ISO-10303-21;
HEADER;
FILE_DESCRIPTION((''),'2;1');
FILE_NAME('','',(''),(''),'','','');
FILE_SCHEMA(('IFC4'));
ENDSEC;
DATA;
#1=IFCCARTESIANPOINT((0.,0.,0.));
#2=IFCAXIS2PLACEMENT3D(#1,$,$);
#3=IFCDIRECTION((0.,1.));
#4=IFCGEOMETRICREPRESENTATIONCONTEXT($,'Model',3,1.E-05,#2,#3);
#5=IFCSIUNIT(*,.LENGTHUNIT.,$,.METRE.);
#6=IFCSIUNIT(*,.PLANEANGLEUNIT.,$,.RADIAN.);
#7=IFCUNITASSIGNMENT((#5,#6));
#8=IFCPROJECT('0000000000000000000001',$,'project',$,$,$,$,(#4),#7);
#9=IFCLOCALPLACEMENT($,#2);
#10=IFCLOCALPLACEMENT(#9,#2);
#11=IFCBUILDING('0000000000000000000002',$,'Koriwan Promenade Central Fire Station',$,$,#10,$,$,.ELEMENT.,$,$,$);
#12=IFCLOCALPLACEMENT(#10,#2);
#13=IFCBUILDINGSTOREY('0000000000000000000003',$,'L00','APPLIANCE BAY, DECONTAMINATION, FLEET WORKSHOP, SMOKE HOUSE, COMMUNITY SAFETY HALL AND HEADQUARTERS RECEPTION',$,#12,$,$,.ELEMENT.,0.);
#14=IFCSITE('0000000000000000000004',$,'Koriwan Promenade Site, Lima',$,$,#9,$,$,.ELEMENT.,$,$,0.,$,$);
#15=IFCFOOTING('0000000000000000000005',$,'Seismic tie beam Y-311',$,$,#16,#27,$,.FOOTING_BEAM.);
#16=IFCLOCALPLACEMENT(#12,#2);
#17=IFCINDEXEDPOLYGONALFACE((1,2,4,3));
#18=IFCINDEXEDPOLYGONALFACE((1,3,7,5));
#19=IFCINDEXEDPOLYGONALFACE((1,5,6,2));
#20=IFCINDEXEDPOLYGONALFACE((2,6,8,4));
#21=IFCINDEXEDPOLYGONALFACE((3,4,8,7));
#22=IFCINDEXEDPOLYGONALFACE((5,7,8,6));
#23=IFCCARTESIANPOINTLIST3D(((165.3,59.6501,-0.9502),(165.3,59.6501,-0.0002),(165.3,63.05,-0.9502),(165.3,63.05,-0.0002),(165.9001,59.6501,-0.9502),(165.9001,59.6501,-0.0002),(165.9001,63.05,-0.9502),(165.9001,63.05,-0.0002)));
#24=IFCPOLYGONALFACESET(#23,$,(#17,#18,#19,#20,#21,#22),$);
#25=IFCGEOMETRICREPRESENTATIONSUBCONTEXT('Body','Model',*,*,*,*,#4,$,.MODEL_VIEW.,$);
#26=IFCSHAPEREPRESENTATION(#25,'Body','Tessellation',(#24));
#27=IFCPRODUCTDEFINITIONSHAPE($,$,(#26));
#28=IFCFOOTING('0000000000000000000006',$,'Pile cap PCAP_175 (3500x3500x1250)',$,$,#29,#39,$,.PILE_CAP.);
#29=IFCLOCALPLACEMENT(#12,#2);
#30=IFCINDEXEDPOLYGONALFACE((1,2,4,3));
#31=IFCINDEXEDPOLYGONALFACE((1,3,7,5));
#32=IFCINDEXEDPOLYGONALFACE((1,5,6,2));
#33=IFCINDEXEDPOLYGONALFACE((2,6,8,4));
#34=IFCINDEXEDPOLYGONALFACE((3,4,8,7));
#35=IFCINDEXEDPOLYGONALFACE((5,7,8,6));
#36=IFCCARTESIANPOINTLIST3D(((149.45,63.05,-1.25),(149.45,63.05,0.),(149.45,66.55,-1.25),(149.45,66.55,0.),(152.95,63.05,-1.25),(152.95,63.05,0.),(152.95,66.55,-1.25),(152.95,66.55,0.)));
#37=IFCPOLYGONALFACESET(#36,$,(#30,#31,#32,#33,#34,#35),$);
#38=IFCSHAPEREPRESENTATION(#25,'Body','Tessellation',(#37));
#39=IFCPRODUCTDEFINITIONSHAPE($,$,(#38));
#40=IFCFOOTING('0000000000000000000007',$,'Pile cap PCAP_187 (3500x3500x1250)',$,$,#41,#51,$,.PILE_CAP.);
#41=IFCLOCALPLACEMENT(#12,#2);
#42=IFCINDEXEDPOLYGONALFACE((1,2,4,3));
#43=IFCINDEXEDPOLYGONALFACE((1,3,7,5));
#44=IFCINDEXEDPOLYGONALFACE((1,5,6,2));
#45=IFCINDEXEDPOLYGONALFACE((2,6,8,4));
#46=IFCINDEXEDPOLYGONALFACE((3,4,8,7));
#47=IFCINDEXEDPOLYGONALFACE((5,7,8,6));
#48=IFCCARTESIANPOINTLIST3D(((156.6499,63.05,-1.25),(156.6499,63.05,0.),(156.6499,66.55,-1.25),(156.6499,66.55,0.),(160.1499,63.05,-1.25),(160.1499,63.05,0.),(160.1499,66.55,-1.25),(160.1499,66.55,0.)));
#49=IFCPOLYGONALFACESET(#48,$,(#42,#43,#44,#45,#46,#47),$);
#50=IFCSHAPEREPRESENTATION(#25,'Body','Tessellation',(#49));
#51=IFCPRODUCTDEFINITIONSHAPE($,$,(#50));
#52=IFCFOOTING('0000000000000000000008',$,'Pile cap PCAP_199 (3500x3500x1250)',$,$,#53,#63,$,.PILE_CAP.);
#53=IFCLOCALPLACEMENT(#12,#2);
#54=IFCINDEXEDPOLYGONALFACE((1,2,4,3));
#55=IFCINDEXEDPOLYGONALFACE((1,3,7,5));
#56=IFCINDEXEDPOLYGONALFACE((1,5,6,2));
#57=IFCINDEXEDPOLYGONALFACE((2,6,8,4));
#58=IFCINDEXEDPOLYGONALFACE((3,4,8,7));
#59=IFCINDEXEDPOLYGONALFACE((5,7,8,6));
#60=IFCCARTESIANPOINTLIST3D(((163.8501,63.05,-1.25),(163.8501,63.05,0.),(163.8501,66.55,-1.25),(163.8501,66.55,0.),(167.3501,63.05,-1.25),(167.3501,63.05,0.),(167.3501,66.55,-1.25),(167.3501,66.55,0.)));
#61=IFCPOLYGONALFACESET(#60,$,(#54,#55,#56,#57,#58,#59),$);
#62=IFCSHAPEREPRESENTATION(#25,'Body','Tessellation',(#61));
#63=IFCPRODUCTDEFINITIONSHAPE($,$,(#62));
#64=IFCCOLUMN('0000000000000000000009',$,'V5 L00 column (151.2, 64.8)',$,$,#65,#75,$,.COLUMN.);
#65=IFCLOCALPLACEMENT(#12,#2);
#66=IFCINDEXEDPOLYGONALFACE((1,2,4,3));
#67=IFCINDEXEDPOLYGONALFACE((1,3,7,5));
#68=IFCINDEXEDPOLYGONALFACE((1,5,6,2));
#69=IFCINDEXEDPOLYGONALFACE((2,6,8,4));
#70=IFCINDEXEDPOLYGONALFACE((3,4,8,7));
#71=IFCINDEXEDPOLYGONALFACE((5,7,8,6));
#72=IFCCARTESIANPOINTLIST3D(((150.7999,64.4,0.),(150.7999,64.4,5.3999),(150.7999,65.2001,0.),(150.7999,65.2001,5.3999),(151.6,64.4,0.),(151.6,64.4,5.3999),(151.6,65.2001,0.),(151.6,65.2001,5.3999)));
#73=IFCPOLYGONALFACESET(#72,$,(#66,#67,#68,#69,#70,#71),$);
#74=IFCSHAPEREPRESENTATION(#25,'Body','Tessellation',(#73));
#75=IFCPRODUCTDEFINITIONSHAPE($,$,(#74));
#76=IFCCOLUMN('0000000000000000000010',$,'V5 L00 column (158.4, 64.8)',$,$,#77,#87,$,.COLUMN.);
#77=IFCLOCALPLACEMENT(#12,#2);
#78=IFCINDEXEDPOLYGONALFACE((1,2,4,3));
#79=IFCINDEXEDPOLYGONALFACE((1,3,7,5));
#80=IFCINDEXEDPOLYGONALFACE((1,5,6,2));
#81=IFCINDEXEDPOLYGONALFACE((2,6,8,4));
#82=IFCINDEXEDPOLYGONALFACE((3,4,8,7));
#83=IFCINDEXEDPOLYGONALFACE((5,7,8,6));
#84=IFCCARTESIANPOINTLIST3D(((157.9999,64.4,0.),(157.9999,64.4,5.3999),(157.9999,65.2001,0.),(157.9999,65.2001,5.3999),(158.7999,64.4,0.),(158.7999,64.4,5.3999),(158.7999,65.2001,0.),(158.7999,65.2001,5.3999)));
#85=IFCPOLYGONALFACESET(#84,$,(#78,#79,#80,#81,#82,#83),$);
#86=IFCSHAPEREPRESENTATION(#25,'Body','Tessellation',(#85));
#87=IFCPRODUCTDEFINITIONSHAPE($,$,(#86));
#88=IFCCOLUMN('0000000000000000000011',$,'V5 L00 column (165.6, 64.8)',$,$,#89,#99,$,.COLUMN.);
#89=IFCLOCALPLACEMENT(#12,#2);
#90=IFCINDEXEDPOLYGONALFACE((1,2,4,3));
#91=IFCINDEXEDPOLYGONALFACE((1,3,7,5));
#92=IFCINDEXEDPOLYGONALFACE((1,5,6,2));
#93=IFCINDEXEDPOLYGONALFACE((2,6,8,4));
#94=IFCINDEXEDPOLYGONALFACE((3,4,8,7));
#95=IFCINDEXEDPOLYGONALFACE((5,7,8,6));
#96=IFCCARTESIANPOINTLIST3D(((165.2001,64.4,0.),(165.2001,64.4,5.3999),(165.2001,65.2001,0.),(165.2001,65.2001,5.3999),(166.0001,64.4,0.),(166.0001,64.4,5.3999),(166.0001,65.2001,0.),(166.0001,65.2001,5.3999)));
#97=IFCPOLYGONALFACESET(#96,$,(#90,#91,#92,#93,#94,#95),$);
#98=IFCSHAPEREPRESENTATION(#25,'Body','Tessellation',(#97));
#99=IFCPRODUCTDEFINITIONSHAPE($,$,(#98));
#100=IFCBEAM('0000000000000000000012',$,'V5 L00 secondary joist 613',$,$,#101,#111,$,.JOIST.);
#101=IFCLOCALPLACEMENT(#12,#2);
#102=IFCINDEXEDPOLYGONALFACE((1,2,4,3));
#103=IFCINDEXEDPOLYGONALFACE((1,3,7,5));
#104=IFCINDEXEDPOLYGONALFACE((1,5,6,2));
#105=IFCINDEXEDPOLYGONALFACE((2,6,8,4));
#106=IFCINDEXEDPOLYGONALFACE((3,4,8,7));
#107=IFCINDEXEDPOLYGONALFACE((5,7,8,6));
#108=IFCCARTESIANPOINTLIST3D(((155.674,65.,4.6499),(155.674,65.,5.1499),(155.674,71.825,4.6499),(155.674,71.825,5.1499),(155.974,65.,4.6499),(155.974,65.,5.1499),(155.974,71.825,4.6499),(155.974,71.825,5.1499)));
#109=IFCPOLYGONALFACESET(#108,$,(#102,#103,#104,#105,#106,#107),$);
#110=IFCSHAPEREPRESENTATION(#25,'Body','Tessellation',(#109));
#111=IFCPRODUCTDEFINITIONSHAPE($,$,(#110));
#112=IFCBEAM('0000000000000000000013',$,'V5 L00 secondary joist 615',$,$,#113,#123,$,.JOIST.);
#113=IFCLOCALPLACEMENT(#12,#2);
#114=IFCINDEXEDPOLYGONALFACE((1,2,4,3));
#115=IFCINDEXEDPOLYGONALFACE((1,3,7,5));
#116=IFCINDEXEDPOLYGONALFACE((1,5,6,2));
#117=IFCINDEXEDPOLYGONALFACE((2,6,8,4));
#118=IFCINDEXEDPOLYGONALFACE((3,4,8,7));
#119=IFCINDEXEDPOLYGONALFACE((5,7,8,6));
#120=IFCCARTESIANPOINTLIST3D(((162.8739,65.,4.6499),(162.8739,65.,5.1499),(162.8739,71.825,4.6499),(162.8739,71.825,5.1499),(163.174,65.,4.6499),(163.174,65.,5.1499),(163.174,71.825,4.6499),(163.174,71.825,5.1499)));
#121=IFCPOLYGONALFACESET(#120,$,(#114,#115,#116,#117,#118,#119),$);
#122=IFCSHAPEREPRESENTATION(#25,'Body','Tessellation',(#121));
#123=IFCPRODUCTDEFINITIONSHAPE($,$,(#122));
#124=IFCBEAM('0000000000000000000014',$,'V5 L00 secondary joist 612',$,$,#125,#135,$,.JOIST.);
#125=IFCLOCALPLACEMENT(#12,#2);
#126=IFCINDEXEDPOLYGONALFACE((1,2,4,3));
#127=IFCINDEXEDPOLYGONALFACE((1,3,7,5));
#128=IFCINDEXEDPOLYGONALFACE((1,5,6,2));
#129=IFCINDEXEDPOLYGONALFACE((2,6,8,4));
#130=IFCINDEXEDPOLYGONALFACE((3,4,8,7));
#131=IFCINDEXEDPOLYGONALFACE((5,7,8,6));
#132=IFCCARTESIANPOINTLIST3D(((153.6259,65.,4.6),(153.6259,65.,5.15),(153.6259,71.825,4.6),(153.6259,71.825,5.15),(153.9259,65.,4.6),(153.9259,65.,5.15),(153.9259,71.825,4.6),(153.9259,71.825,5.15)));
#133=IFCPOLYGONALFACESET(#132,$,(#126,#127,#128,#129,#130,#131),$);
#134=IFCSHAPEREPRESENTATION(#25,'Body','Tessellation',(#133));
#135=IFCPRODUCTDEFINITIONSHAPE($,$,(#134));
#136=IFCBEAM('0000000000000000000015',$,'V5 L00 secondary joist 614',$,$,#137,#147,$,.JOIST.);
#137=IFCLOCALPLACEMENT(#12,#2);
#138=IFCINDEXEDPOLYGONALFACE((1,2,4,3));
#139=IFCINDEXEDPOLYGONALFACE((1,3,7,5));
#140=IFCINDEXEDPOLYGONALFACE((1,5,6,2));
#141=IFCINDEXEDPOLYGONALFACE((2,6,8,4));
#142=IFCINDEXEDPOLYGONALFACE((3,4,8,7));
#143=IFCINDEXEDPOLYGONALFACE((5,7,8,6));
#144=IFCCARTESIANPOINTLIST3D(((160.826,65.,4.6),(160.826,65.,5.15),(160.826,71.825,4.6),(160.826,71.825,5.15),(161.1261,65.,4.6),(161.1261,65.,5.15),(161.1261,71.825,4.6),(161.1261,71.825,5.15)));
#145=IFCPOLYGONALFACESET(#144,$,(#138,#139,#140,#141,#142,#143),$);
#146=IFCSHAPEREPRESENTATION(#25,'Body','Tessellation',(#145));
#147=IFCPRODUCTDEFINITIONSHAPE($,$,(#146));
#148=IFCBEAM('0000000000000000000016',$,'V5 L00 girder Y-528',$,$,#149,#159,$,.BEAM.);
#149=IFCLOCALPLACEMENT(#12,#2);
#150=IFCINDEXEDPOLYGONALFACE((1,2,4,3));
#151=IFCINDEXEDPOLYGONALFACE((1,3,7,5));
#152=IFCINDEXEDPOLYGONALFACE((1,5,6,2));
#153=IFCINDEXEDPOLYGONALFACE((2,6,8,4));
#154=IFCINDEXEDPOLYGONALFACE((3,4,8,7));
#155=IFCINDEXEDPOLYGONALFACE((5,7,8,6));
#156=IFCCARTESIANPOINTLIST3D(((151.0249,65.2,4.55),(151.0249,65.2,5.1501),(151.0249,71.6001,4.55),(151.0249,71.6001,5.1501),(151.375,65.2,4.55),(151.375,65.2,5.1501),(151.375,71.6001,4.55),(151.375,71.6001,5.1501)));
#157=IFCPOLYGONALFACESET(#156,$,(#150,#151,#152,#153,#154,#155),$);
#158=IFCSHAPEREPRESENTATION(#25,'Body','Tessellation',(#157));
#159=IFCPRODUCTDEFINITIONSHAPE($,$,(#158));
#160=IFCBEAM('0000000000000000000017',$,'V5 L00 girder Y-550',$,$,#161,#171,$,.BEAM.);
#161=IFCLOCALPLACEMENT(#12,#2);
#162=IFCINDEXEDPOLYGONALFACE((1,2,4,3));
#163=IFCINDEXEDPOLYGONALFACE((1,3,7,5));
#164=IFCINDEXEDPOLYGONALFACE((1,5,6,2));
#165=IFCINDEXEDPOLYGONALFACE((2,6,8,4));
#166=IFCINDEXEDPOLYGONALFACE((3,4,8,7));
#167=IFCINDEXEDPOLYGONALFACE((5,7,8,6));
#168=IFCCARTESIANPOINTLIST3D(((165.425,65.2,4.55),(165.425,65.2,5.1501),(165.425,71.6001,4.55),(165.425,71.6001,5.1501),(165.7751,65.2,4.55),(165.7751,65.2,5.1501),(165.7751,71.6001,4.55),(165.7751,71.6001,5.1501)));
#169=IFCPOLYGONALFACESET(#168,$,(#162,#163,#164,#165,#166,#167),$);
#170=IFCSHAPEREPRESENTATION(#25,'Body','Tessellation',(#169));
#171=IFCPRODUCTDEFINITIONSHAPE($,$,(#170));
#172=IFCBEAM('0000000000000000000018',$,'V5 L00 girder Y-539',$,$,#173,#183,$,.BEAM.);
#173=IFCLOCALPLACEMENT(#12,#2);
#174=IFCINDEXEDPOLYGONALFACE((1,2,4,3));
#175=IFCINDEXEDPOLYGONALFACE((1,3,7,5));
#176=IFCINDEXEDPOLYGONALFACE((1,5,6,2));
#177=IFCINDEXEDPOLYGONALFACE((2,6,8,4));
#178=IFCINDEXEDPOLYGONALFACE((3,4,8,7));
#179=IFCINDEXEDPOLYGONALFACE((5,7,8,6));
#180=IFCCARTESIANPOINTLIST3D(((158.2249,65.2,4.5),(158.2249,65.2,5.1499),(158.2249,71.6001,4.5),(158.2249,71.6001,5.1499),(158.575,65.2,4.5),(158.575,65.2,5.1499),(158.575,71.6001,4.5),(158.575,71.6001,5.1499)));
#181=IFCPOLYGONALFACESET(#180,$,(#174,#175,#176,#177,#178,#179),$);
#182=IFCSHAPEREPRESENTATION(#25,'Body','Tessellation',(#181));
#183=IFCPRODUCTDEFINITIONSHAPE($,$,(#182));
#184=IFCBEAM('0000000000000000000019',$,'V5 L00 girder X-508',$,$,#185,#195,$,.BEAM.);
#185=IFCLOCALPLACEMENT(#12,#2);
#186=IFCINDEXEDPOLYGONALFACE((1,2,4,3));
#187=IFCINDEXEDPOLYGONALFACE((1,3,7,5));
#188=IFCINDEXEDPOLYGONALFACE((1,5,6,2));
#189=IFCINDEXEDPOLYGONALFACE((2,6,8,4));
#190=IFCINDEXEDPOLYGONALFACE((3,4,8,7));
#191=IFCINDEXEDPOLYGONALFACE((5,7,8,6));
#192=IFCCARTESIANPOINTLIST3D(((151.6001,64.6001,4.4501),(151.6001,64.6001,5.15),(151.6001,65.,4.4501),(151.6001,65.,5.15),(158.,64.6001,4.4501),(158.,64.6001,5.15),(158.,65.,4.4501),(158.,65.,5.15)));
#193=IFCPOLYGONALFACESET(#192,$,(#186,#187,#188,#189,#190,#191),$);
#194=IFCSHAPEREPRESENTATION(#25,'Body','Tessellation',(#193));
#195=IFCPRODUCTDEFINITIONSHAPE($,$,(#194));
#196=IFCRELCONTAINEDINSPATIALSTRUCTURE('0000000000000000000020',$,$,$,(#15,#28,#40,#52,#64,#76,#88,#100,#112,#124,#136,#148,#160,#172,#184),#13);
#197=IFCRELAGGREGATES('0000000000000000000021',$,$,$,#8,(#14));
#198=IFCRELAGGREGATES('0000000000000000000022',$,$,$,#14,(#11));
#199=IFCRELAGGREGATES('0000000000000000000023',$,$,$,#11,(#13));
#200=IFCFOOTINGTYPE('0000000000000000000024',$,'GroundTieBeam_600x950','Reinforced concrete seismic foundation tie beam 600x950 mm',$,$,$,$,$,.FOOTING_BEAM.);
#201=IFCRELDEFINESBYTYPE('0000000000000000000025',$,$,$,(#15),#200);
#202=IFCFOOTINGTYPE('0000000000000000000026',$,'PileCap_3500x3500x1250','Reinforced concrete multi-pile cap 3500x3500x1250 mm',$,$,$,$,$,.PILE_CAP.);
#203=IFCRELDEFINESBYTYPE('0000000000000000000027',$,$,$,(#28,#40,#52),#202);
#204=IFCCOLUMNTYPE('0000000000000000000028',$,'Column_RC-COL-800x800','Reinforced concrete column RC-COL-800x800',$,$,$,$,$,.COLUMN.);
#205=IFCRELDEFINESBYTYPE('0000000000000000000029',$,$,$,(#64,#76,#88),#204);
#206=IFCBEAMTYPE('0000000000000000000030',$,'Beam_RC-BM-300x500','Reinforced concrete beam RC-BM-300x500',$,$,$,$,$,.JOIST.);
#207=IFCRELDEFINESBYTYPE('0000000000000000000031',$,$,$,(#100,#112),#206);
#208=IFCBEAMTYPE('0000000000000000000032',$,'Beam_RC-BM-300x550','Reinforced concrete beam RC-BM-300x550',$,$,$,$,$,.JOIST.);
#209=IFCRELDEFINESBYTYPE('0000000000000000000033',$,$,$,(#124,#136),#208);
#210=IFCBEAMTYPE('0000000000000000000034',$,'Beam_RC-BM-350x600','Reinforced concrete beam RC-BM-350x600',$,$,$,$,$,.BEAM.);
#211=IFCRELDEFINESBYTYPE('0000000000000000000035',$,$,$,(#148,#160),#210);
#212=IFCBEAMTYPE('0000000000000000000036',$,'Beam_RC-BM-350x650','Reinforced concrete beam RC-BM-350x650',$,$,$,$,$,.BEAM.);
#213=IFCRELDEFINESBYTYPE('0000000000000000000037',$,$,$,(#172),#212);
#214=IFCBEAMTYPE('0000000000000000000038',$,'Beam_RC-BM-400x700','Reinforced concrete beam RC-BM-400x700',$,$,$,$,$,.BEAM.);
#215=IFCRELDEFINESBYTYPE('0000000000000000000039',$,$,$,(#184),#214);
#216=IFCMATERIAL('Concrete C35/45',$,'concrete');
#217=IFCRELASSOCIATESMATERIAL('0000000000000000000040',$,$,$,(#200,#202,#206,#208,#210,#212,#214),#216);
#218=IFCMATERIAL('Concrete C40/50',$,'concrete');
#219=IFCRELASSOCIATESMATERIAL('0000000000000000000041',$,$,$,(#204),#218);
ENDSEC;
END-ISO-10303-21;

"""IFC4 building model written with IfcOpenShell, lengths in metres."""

from ifc_helpers import new_model, si_unit, direction, frame, origin, origin_2d, place, context, subcontext, project, spatial, rectangle, extrude, material, material_profile, profile_set, type_object, element, save


model = new_model("IFC4")

# Units and contexts
model_context = context("Model", 3, precision=1e-05, world=origin(), true_north=direction((0.0, 1.0)))
body_context = subcontext(model_context, "Body", "Model", "MODEL_VIEW")
ifc_project = project(units=[si_unit("LENGTHUNIT", "METRE"), si_unit("PLANEANGLEUNIT", "RADIAN")], contexts=[model_context])

# Site, building, storey
site_placement = place(None, origin())
site = spatial("IfcSite", under=ifc_project, at=site_placement, Name="Koriwan Promenade Site, Lima", CompositionType="ELEMENT", RefElevation=0.0)
building_placement = place(site_placement, origin())
building = spatial("IfcBuilding", under=site, at=building_placement, Name="Koriwan Promenade Central Fire Station", CompositionType="ELEMENT")
storey_placement = place(building_placement, origin())
storey = spatial("IfcBuildingStorey", under=building, at=storey_placement, Name="L00", Description="APPLIANCE BAY, DECONTAMINATION, FLEET WORKSHOP, SMOKE HOUSE, COMMUNITY SAFETY HALL AND HEADQUARTERS RECEPTION", CompositionType="ELEMENT", Elevation=0.0)

# Shared definitions
ifc_material_1 = material(Name="Concrete C35/45", Category="concrete")

# Footings
footing_type_1 = type_object("IfcFootingType", Name="GroundTieBeam_600x950", Description="Reinforced concrete seismic foundation tie beam 600x950 mm", PredefinedType="FOOTING_BEAM", material=ifc_material_1)
footing_1_placement = place(storey_placement, frame((165.6001, 61.3501, -0.9502), z_axis=(0.0, 0.0, 1.0), x_axis=(0.0, 1.0, 0.0)))
element("IfcFooting", 1, at=footing_1_placement, inside=storey, type_object=footing_type_1, Name="Seismic tie beam Y-311", PredefinedType="FOOTING_BEAM", context=body_context, shape_type="SweptSolid", body=[
    extrude(rectangle(XDim=3.3999, YDim=0.6001, at=origin_2d()), origin(), (0.0, 0.0, 1.0), 0.95),
])
footing_type_2 = type_object("IfcFootingType", Name="PileCap_3500x3500x1250", Description="Reinforced concrete multi-pile cap 3500x3500x1250 mm", PredefinedType="PILE_CAP", material=ifc_material_1)
for number, where, z_axis, x_axis, name in (
    (2, (151.2, 64.8, -1.25), (0.0, 0.0, 1.0), (1.0, 0.0, 0.0), "Pile cap PCAP_175 (3500x3500x1250)"),
    (3, (158.3999, 64.8, -1.25), (0.0, 0.0, 1.0), (1.0, 0.0, 0.0), "Pile cap PCAP_187 (3500x3500x1250)"),
    (4, (165.6001, 64.8, -1.25), (0.0, 0.0, 1.0), (1.0, 0.0, 0.0), "Pile cap PCAP_199 (3500x3500x1250)"),
):
    element("IfcFooting", number, at=place(storey_placement, frame(where, z_axis=z_axis, x_axis=x_axis)), inside=storey, type_object=footing_type_2, Name=name, PredefinedType="PILE_CAP", context=body_context, shape_type="SweptSolid", body=[
        extrude(rectangle(XDim=3.5, YDim=3.5, at=origin_2d()), origin(), (0.0, 0.0, 1.0), 1.25),
    ])

# Columns
ifc_material_2 = material(Name="Concrete C40/50", Category="concrete")
ifc_material_profile_1 = material_profile(ifc_material_2, rectangle(XDim=0.8, YDim=0.8, at=origin_2d()), Name="RC-COL-800x800")
ifc_profile_set_1 = profile_set([ifc_material_profile_1], Name="Concrete C40/50")
column_type = type_object("IfcColumnType", Name="Column_RC-COL-800x800", Description="Reinforced concrete column RC-COL-800x800", PredefinedType="COLUMN", material=ifc_profile_set_1)
for number, where, z_axis, x_axis, name in (
    (5, (151.2, 64.8, 0.0), (0.0, 0.0, 1.0), (1.0, 0.0, 0.0), "V5 L00 column (151.2, 64.8)"),
    (6, (158.3999, 64.8, 0.0), (0.0, 0.0, 1.0), (1.0, 0.0, 0.0), "V5 L00 column (158.4, 64.8)"),
    (7, (165.6001, 64.8, 0.0), (0.0, 0.0, 1.0), (1.0, 0.0, 0.0), "V5 L00 column (165.6, 64.8)"),
):
    element("IfcColumn", number, at=place(storey_placement, frame(where, z_axis=z_axis, x_axis=x_axis)), inside=storey, type_object=column_type, Name=name, PredefinedType="COLUMN", context=body_context, shape_type="SweptSolid", body=[
        extrude(rectangle(XDim=0.8, YDim=0.8, at=origin_2d()), origin(), (0.0, 0.0, 1.0), 5.3999),
    ])

# Beams
ifc_material_profile_2 = material_profile(ifc_material_1, rectangle(XDim=0.3, YDim=0.5, at=origin_2d()), Name="RC-BM-300x500")
ifc_profile_set_2 = profile_set([ifc_material_profile_2], Name="Concrete C35/45")
beam_type_1 = type_object("IfcBeamType", Name="Beam_RC-BM-300x500", Description="Reinforced concrete beam RC-BM-300x500", PredefinedType="JOIST", material=ifc_profile_set_2)
for number, where, z_axis, x_axis, name in (
    (8, (155.824, 65.0, 4.8999), (0.0, 1.0, 0.0), (-1.0, 0.0, 0.0), "V5 L00 secondary joist 613"),
    (9, (163.0239, 65.0, 4.8999), (0.0, 1.0, 0.0), (-1.0, 0.0, 0.0), "V5 L00 secondary joist 615"),
):
    element("IfcBeam", number, at=place(storey_placement, frame(where, z_axis=z_axis, x_axis=x_axis)), inside=storey, type_object=beam_type_1, Name=name, PredefinedType="JOIST", context=body_context, shape_type="SweptSolid", body=[
        extrude(rectangle(XDim=0.3, YDim=0.5, at=origin_2d()), origin(), (0.0, 0.0, 1.0), 6.825),
    ])
ifc_material_profile_3 = material_profile(ifc_material_1, rectangle(XDim=0.3, YDim=0.55, at=origin_2d()), Name="RC-BM-300x550")
ifc_profile_set_3 = profile_set([ifc_material_profile_3], Name="Concrete C35/45")
beam_type_2 = type_object("IfcBeamType", Name="Beam_RC-BM-300x550", Description="Reinforced concrete beam RC-BM-300x550", PredefinedType="JOIST", material=ifc_profile_set_3)
for number, where, z_axis, x_axis, name in (
    (10, (153.7759, 65.0, 4.875), (0.0, 1.0, 0.0), (-1.0, 0.0, 0.0), "V5 L00 secondary joist 612"),
    (11, (160.9761, 65.0, 4.875), (0.0, 1.0, 0.0), (-1.0, 0.0, 0.0), "V5 L00 secondary joist 614"),
):
    element("IfcBeam", number, at=place(storey_placement, frame(where, z_axis=z_axis, x_axis=x_axis)), inside=storey, type_object=beam_type_2, Name=name, PredefinedType="JOIST", context=body_context, shape_type="SweptSolid", body=[
        extrude(rectangle(XDim=0.3, YDim=0.55, at=origin_2d()), origin(), (0.0, 0.0, 1.0), 6.825),
    ])
ifc_material_profile_4 = material_profile(ifc_material_1, rectangle(XDim=0.3501, YDim=0.6001, at=origin_2d()), Name="RC-BM-350x600")
ifc_profile_set_4 = profile_set([ifc_material_profile_4], Name="Concrete C35/45")
beam_type_3 = type_object("IfcBeamType", Name="Beam_RC-BM-350x600", Description="Reinforced concrete beam RC-BM-350x600", PredefinedType="BEAM", material=ifc_profile_set_4)
for number, where, z_axis, x_axis, name in (
    (12, (151.2, 65.2, 4.8501), (0.0, 1.0, 0.0), (-1.0, 0.0, 0.0), "V5 L00 girder Y-528"),
    (13, (165.6001, 65.2, 4.8501), (0.0, 1.0, 0.0), (-1.0, 0.0, 0.0), "V5 L00 girder Y-550"),
):
    element("IfcBeam", number, at=place(storey_placement, frame(where, z_axis=z_axis, x_axis=x_axis)), inside=storey, type_object=beam_type_3, Name=name, PredefinedType="BEAM", context=body_context, shape_type="SweptSolid", body=[
        extrude(rectangle(XDim=0.3501, YDim=0.6001, at=origin_2d()), origin(), (0.0, 0.0, 1.0), 6.4001),
    ])
ifc_material_profile_5 = material_profile(ifc_material_1, rectangle(XDim=0.3501, YDim=0.6499, at=origin_2d()), Name="RC-BM-350x650")
ifc_profile_set_5 = profile_set([ifc_material_profile_5], Name="Concrete C35/45")
beam_type_4 = type_object("IfcBeamType", Name="Beam_RC-BM-350x650", Description="Reinforced concrete beam RC-BM-350x650", PredefinedType="BEAM", material=ifc_profile_set_5)
beam_1_placement = place(storey_placement, frame((158.3999, 65.2, 4.825), z_axis=(0.0, 1.0, 0.0), x_axis=(-1.0, 0.0, 0.0)))
element("IfcBeam", 14, at=beam_1_placement, inside=storey, type_object=beam_type_4, Name="V5 L00 girder Y-539", PredefinedType="BEAM", context=body_context, shape_type="SweptSolid", body=[
    extrude(rectangle(XDim=0.3501, YDim=0.6499, at=origin_2d()), origin(), (0.0, 0.0, 1.0), 6.4001),
])
ifc_material_profile_6 = material_profile(ifc_material_1, rectangle(XDim=0.3999, YDim=0.7, at=origin_2d()), Name="RC-BM-400x700")
ifc_profile_set_6 = profile_set([ifc_material_profile_6], Name="Concrete C35/45")
beam_type_5 = type_object("IfcBeamType", Name="Beam_RC-BM-400x700", Description="Reinforced concrete beam RC-BM-400x700", PredefinedType="BEAM", material=ifc_profile_set_6)
for number, where, z_axis, x_axis, name in (
    (15, (151.6001, 64.8, 4.8), (1.0, 0.0, 0.0), (0.0, 1.0, 0.0), "V5 L00 girder X-508"),
):
    element("IfcBeam", number, at=place(storey_placement, frame(where, z_axis=z_axis, x_axis=x_axis)), inside=storey, type_object=beam_type_5, Name=name, PredefinedType="BEAM", context=body_context, shape_type="SweptSolid", body=[
        extrude(rectangle(XDim=0.3999, YDim=0.7, at=origin_2d()), origin(), (0.0, 0.0, 1.0), 6.3999),
    ])

save(model, "model.ifc")
